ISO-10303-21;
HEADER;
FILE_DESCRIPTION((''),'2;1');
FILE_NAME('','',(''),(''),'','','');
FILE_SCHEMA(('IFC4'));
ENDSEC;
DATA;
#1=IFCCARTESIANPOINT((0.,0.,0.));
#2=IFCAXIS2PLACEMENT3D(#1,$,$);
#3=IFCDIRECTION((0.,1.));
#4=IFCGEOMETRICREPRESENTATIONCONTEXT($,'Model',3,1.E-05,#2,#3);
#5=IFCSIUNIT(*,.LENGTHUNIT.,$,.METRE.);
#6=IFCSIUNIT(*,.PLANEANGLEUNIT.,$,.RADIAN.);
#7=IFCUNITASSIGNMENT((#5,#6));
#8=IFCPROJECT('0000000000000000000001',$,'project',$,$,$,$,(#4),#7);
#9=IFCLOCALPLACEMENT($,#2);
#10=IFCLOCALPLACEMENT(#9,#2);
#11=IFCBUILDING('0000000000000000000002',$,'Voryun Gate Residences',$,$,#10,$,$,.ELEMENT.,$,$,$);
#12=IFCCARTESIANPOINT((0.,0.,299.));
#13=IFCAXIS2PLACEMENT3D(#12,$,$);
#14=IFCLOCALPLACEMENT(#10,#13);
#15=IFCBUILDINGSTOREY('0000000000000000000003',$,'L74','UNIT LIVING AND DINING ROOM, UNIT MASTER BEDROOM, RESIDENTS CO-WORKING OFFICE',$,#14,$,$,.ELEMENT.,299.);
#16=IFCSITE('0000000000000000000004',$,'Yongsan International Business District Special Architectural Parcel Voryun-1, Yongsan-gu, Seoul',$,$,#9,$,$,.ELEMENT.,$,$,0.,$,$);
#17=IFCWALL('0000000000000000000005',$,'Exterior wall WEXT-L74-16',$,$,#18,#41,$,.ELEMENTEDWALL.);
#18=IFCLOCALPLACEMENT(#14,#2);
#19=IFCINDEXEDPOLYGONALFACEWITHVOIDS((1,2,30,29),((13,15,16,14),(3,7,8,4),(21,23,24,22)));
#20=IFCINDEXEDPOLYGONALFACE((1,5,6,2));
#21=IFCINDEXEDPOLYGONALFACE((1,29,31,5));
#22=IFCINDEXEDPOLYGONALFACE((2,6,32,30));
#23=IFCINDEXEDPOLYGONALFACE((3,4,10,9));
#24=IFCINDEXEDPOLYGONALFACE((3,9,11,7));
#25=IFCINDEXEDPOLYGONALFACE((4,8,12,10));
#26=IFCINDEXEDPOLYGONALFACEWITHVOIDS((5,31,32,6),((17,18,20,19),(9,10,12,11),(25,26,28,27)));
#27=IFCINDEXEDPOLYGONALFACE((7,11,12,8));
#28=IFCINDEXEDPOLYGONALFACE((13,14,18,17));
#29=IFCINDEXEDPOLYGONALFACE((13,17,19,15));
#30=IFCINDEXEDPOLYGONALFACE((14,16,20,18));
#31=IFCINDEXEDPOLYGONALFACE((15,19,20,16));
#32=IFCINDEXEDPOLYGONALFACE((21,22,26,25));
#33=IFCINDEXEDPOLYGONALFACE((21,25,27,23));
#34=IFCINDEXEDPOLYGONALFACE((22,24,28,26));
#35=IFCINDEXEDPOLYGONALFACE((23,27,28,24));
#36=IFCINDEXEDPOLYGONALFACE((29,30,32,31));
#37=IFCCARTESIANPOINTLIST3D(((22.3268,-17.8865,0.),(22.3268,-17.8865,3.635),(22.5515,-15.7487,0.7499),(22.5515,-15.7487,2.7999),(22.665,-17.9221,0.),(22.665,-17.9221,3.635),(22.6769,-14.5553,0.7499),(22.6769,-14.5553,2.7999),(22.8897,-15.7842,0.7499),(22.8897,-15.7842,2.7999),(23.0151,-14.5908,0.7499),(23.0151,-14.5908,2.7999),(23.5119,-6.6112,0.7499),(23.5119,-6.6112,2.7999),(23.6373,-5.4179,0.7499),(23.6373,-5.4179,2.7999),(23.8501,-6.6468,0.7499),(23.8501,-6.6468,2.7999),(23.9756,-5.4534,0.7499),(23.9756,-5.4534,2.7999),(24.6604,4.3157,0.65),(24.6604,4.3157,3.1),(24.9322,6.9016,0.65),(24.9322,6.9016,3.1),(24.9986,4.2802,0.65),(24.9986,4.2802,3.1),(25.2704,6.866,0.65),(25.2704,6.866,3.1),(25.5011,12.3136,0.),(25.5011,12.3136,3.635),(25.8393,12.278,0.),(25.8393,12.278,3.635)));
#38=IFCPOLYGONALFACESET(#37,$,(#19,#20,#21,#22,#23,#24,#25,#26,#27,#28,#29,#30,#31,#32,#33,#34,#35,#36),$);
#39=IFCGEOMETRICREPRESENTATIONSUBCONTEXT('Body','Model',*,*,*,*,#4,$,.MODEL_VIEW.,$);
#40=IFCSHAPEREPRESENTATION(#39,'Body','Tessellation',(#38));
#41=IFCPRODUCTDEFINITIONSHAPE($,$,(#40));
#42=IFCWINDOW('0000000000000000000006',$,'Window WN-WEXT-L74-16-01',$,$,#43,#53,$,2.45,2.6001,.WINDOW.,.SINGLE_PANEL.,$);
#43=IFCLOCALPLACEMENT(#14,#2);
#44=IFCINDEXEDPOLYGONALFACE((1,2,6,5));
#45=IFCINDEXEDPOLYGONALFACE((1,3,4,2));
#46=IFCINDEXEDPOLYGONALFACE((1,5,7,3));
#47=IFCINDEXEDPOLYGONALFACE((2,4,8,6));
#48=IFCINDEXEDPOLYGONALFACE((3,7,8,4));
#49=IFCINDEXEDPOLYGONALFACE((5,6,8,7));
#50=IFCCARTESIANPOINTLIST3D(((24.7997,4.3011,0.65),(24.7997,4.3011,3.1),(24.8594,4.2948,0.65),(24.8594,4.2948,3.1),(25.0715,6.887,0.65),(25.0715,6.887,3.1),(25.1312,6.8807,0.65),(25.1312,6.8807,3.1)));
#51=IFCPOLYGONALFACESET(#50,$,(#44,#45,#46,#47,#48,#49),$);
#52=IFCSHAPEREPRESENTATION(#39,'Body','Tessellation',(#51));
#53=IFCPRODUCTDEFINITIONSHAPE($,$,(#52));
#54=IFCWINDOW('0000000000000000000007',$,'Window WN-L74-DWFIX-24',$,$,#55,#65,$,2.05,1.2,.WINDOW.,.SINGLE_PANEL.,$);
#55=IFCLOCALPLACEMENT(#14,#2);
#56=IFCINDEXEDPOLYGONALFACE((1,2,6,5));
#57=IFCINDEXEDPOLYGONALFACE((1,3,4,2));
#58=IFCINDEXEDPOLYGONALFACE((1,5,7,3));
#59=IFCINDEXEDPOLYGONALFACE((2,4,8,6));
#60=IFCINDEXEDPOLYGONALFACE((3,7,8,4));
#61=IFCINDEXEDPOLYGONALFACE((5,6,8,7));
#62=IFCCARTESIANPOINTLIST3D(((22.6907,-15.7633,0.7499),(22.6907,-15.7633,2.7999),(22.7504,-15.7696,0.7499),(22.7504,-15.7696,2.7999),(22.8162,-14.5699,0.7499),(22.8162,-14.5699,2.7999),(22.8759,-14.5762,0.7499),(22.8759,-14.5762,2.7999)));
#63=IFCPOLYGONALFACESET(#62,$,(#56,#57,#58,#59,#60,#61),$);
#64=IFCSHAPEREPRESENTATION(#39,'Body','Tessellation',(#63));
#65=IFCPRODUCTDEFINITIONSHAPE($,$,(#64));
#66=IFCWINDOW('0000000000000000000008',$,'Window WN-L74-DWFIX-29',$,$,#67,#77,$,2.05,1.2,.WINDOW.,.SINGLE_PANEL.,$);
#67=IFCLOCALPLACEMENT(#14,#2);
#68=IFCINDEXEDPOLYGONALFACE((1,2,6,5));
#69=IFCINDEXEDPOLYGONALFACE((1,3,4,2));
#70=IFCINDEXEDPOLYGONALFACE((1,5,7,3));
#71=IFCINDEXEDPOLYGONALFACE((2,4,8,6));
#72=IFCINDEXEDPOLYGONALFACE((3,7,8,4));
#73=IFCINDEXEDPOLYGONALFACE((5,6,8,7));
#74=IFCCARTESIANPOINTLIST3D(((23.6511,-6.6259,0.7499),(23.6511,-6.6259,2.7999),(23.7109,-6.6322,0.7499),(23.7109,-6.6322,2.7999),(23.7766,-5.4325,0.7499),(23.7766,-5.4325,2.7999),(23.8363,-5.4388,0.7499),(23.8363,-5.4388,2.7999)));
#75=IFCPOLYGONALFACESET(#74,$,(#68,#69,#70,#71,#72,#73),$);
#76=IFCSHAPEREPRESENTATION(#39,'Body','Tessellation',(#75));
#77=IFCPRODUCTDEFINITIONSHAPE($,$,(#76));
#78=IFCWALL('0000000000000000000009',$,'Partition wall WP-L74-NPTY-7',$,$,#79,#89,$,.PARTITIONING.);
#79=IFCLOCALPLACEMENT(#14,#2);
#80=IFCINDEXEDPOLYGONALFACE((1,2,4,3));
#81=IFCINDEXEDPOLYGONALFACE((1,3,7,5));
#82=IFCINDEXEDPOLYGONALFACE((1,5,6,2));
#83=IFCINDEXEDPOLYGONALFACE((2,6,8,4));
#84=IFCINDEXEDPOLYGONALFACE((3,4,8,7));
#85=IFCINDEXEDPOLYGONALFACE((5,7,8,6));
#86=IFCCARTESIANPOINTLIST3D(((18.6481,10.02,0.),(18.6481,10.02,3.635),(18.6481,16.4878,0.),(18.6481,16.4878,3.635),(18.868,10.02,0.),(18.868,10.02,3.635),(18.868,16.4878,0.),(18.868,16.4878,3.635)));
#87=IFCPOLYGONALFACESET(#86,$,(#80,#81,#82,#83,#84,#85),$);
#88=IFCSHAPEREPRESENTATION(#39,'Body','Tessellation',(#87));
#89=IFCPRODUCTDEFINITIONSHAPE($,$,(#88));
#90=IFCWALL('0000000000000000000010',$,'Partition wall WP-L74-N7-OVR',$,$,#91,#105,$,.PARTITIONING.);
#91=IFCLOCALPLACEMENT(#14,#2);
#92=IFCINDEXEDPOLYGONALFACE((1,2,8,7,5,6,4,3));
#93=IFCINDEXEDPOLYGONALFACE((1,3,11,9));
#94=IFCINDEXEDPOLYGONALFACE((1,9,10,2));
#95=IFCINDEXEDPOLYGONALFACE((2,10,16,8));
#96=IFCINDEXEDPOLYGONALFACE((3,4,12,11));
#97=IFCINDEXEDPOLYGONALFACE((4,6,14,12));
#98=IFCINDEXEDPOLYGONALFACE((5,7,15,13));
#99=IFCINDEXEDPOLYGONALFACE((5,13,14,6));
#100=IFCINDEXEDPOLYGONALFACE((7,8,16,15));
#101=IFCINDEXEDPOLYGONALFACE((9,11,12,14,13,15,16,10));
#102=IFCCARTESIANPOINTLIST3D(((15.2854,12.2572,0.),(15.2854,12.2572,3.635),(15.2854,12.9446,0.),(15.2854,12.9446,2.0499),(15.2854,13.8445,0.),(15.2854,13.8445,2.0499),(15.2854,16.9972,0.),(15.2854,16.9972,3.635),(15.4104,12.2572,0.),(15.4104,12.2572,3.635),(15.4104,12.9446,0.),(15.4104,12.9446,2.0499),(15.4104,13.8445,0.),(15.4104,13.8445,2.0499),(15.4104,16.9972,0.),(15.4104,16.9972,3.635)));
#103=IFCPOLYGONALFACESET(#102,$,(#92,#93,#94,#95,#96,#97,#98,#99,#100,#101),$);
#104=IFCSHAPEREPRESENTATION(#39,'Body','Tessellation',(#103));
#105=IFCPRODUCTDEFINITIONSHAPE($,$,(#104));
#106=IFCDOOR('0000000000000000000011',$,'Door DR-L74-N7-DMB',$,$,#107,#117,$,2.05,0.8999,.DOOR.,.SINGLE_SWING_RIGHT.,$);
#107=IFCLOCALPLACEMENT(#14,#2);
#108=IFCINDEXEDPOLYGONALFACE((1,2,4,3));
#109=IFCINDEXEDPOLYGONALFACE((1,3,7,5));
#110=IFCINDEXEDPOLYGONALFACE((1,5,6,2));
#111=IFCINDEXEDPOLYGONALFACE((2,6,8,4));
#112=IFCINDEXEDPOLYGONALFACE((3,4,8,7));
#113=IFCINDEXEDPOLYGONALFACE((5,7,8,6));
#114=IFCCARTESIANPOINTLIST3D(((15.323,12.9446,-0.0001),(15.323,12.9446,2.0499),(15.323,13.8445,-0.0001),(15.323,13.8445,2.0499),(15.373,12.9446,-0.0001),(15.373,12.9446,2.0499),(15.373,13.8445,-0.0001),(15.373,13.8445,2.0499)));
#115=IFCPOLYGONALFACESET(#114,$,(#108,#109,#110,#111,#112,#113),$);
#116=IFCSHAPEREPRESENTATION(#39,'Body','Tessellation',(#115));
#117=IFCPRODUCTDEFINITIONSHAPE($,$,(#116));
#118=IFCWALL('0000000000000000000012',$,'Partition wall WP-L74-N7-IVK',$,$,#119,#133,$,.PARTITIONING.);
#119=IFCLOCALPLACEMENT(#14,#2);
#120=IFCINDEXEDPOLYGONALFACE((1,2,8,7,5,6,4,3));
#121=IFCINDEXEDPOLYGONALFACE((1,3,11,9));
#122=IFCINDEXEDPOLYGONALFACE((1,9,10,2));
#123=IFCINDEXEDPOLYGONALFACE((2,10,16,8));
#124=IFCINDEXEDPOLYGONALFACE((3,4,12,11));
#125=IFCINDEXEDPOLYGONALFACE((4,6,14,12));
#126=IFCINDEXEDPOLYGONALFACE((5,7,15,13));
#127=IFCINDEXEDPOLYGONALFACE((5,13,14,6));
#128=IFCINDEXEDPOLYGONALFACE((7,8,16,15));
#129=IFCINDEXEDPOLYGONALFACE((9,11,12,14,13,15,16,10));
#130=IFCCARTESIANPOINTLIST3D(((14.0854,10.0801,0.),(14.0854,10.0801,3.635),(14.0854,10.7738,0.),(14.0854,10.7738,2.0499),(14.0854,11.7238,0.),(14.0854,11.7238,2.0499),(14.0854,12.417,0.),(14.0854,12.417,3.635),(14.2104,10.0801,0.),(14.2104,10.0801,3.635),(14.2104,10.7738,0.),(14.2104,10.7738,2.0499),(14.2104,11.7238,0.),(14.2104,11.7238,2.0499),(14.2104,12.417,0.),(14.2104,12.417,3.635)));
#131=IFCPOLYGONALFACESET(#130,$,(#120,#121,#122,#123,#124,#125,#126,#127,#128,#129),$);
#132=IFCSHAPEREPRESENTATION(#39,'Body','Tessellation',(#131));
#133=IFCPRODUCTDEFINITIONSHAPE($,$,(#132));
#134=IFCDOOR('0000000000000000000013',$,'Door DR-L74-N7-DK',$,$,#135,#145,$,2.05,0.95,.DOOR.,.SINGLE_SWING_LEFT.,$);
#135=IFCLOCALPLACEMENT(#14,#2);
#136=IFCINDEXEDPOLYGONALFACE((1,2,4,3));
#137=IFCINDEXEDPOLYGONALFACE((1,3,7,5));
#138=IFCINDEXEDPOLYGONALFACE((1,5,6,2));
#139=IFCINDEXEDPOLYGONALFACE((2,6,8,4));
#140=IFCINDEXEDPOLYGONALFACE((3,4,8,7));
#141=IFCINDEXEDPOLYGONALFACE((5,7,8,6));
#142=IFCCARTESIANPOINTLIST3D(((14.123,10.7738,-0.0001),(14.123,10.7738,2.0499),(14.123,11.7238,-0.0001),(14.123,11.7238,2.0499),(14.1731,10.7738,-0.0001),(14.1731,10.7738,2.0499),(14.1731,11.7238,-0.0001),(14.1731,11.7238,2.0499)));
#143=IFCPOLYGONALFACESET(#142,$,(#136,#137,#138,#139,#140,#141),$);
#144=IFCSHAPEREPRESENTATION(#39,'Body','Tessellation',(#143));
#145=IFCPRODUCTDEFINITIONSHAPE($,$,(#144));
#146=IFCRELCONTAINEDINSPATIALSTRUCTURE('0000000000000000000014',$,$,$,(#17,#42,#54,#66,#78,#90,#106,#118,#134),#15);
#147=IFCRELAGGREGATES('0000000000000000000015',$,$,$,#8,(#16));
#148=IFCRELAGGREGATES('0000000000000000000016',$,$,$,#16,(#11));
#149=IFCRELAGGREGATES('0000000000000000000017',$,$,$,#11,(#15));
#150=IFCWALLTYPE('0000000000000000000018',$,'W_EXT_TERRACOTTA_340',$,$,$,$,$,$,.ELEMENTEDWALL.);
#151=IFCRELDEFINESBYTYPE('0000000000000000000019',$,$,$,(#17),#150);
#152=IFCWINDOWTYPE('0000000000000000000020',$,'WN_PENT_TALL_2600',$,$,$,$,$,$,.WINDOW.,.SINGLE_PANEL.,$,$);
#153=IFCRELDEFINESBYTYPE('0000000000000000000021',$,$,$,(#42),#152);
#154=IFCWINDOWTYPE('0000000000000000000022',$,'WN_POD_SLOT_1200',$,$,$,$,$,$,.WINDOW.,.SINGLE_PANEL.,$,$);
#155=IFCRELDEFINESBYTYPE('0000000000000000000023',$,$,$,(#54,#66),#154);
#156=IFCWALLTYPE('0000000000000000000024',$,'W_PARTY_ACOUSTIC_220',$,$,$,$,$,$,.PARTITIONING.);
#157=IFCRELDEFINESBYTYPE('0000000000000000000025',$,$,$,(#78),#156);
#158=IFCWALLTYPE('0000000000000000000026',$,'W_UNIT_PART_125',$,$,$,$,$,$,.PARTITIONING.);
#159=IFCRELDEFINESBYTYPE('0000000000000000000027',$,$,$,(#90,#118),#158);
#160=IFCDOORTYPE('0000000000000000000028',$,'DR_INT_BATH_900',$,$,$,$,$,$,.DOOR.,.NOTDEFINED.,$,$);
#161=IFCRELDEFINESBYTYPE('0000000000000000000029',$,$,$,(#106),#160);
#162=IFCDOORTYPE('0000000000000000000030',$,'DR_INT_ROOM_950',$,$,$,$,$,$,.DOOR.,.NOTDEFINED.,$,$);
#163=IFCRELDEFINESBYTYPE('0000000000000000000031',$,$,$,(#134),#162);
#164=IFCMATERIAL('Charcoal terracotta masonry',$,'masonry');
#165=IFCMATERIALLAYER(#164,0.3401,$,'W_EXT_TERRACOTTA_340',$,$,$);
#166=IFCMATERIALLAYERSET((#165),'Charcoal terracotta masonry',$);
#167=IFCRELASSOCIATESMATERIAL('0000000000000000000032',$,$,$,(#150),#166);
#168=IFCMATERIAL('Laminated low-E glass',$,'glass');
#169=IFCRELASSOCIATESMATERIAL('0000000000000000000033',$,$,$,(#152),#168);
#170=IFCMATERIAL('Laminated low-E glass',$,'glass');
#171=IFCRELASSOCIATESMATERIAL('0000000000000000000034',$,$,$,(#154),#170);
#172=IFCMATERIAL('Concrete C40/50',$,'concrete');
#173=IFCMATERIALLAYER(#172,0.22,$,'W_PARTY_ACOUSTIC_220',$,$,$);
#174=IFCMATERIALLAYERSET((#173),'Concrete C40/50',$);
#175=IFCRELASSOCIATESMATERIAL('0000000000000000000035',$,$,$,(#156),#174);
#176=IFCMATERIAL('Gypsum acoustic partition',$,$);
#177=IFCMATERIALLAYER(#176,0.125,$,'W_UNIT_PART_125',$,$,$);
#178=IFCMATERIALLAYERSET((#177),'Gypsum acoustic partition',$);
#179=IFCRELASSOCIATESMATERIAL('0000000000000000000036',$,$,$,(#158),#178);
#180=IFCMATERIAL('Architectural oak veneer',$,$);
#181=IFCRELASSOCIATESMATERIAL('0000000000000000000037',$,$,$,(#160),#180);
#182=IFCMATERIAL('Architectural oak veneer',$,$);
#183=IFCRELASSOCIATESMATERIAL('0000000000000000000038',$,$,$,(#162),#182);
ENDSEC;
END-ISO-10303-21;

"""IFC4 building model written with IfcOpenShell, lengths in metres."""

from ifc_helpers import new_model, si_unit, direction, frame, frame_2d, origin, place, context, subcontext, project, spatial, rectangle, extrude, material, layer, layer_set, type_object, element, fill, save


model = new_model("IFC4")

# Units and contexts
model_context = context("Model", 3, precision=1e-05, world=origin(), true_north=direction((0.0, 1.0)))
body_context = subcontext(model_context, "Body", "Model", "MODEL_VIEW")
ifc_project = project(units=[si_unit("LENGTHUNIT", "METRE"), si_unit("PLANEANGLEUNIT", "RADIAN")], contexts=[model_context])

# Site, building, storey
site_placement = place(None, origin())
site = spatial("IfcSite", under=ifc_project, at=site_placement, Name="Yongsan International Business District Special Architectural Parcel Voryun-1, Yongsan-gu, Seoul", CompositionType="ELEMENT", RefElevation=0.0)
building_placement = place(site_placement, origin())
building = spatial("IfcBuilding", under=site, at=building_placement, Name="Voryun Gate Residences", CompositionType="ELEMENT")
storey_placement = place(building_placement, frame((0.0, 0.0, 299.0)))
storey = spatial("IfcBuildingStorey", under=building, at=storey_placement, Name="L74", Description="UNIT LIVING AND DINING ROOM, UNIT MASTER BEDROOM, RESIDENTS CO-WORKING OFFICE", CompositionType="ELEMENT", Elevation=299.0)

# Shared definitions
ifc_material_1 = material(Name="Charcoal terracotta masonry", Category="masonry")
ifc_layer_1 = layer(ifc_material_1, 0.3401, Name="W_EXT_TERRACOTTA_340")
ifc_layer_set_1 = layer_set([ifc_layer_1], Name="Charcoal terracotta masonry")
wall_type_1 = type_object("IfcWallType", Name="W_EXT_TERRACOTTA_340", PredefinedType="ELEMENTEDWALL", material=ifc_layer_set_1)

# Wall, openings, windows
wall_1_placement = place(storey_placement, frame((25.6702, 12.2957, 0.0), z_axis=(0.0, 0.0, 1.0), x_axis=(-0.104533, -0.994521, 0.0)))
wall_1 = element("IfcWall", 1, at=wall_1_placement, inside=storey, type_object=wall_type_1, Name="Exterior wall WEXT-L74-16", PredefinedType="ELEMENTEDWALL", context=body_context, shape_type="SweptSolid", body=[
    extrude(rectangle(XDim=30.3665, YDim=0.3401, at=frame_2d((15.1831, 0.0))), origin(), (0.0, 0.0, 1.0), 3.635),
])
opening_1_placement = place(wall_1_placement, frame((5.4417, 0.0, 0.6499)))
opening_1 = element("IfcOpeningElement", 2, at=opening_1_placement, cuts=wall_1, PredefinedType="OPENING", context=body_context, shape_type="SweptSolid", body=[
    extrude(rectangle(XDim=2.6001, YDim=2.45, at=frame_2d((1.3, 1.2251))), frame((0.0, 0.1799, 0.0), z_axis=(0.0, -1.0, 0.0), x_axis=(1.0, 0.0, 0.0)), (0.0, 0.0, 1.0), 0.3601),
])
opening_2_placement = place(wall_1_placement, frame((27.0166, 0.0, 0.75)))
opening_2 = element("IfcOpeningElement", 3, at=opening_2_placement, cuts=wall_1, PredefinedType="OPENING", context=body_context, shape_type="SweptSolid", body=[
    extrude(rectangle(XDim=1.2, YDim=2.05, at=frame_2d((0.6001, 1.0249))), frame((0.0, 0.1799, 0.0), z_axis=(0.0, -1.0, 0.0), x_axis=(1.0, 0.0, 0.0)), (0.0, 0.0, 1.0), 0.3601),
])
opening_3_placement = place(wall_1_placement, frame((17.8289, 0.0, 0.75)))
opening_3 = element("IfcOpeningElement", 4, at=opening_3_placement, cuts=wall_1, PredefinedType="OPENING", context=body_context, shape_type="SweptSolid", body=[
    extrude(rectangle(XDim=1.2, YDim=2.05, at=frame_2d((0.6001, 1.0249))), frame((0.0, 0.1799, 0.0), z_axis=(0.0, -1.0, 0.0), x_axis=(1.0, 0.0, 0.0)), (0.0, 0.0, 1.0), 0.3601),
])
ifc_material_2 = material(Name="Laminated low-E glass", Category="glass")
window_type_1 = type_object("IfcWindowType", Name="WN_PENT_TALL_2600", PartitioningType="SINGLE_PANEL", PredefinedType="WINDOW", material=ifc_material_2)
window_1_placement = place(opening_1_placement, origin())
window_1 = element("IfcWindow", 5, at=window_1_placement, inside=storey, type_object=window_type_1, Name="Window WN-WEXT-L74-16-01", OverallHeight=2.45, OverallWidth=2.6001, PartitioningType="SINGLE_PANEL", PredefinedType="WINDOW", context=body_context, shape_type="SweptSolid", body=[
    extrude(rectangle(XDim=2.6001, YDim=2.45, at=frame_2d((1.3, 1.2251))), frame((0.0, 0.03, 0.0), z_axis=(0.0, -1.0, 0.0), x_axis=(1.0, 0.0, 0.0)), (0.0, 0.0, 1.0), 0.0601),
])
fill(opening_1, window_1)
ifc_material_3 = material(Name="Laminated low-E glass", Category="glass")
window_type_2 = type_object("IfcWindowType", Name="WN_POD_SLOT_1200", PartitioningType="SINGLE_PANEL", PredefinedType="WINDOW", material=ifc_material_3)
window_2_placement = place(opening_2_placement, origin())
window_2 = element("IfcWindow", 6, at=window_2_placement, inside=storey, type_object=window_type_2, Name="Window WN-L74-DWFIX-24", OverallHeight=2.05, OverallWidth=1.2, PartitioningType="SINGLE_PANEL", PredefinedType="WINDOW", context=body_context, shape_type="SweptSolid", body=[
    extrude(rectangle(XDim=1.2, YDim=2.05, at=frame_2d((0.6001, 1.0249))), frame((0.0, 0.03, 0.0), z_axis=(0.0, -1.0, 0.0), x_axis=(1.0, 0.0, 0.0)), (0.0, 0.0, 1.0), 0.0601),
])
fill(opening_2, window_2)
window_3_placement = place(opening_3_placement, origin())
window_3 = element("IfcWindow", 7, at=window_3_placement, inside=storey, type_object=window_type_2, Name="Window WN-L74-DWFIX-29", OverallHeight=2.05, OverallWidth=1.2, PartitioningType="SINGLE_PANEL", PredefinedType="WINDOW", context=body_context, shape_type="SweptSolid", body=[
    extrude(rectangle(XDim=1.2, YDim=2.05, at=frame_2d((0.6001, 1.0249))), frame((0.0, 0.03, 0.0), z_axis=(0.0, -1.0, 0.0), x_axis=(1.0, 0.0, 0.0)), (0.0, 0.0, 1.0), 0.0601),
])
fill(opening_3, window_3)

# Wall
ifc_material_4 = material(Name="Concrete C40/50", Category="concrete")
ifc_layer_2 = layer(ifc_material_4, 0.22, Name="W_PARTY_ACOUSTIC_220")
ifc_layer_set_2 = layer_set([ifc_layer_2], Name="Concrete C40/50")
wall_type_2 = type_object("IfcWallType", Name="W_PARTY_ACOUSTIC_220", PredefinedType="PARTITIONING", material=ifc_layer_set_2)
wall_2_placement = place(storey_placement, frame((18.7581, 10.02, 0.0), z_axis=(0.0, 0.0, 1.0), x_axis=(0.0, 1.0, 0.0)))
element("IfcWall", 8, at=wall_2_placement, inside=storey, type_object=wall_type_2, Name="Partition wall WP-L74-NPTY-7", PredefinedType="PARTITIONING", context=body_context, shape_type="SweptSolid", body=[
    extrude(rectangle(XDim=6.4678, YDim=0.22, at=frame_2d((3.2339, 0.0))), origin(), (0.0, 0.0, 1.0), 3.635),
])

# Walls, openings, doors
ifc_material_5 = material(Name="Gypsum acoustic partition")
ifc_layer_3 = layer(ifc_material_5, 0.125, Name="W_UNIT_PART_125")
ifc_layer_set_3 = layer_set([ifc_layer_3], Name="Gypsum acoustic partition")
wall_type_3 = type_object("IfcWallType", Name="W_UNIT_PART_125", PredefinedType="PARTITIONING", material=ifc_layer_set_3)
wall_3_placement = place(storey_placement, frame((15.3479, 12.2571, 0.0), z_axis=(0.0, 0.0, 1.0), x_axis=(0.0, 1.0, 0.0)))
wall_3 = element("IfcWall", 9, at=wall_3_placement, inside=storey, type_object=wall_type_3, Name="Partition wall WP-L74-N7-OVR", PredefinedType="PARTITIONING", context=body_context, shape_type="SweptSolid", body=[
    extrude(rectangle(XDim=4.74, YDim=0.125, at=frame_2d((2.3701, 0.0))), origin(), (0.0, 0.0, 1.0), 3.635),
])
opening_4_placement = place(wall_3_placement, frame((0.6875, 0.0, 0.0)))
opening_4 = element("IfcOpeningElement", 10, at=opening_4_placement, cuts=wall_3, PredefinedType="OPENING", context=body_context, shape_type="SweptSolid", body=[
    extrude(rectangle(XDim=0.8999, YDim=2.05, at=frame_2d((0.45, 1.0249))), frame((0.0, 0.0725, 0.0), z_axis=(0.0, -1.0, 0.0), x_axis=(1.0, 0.0, 0.0)), (0.0, 0.0, 1.0), 0.145),
])
ifc_material_6 = material(Name="Architectural oak veneer")
door_type_1 = type_object("IfcDoorType", Name="DR_INT_BATH_900", OperationType="NOTDEFINED", PredefinedType="DOOR", material=ifc_material_6)
door_1_placement = place(opening_4_placement, origin())
door_1 = element("IfcDoor", 11, at=door_1_placement, inside=storey, type_object=door_type_1, Name="Door DR-L74-N7-DMB", OperationType="SINGLE_SWING_RIGHT", OverallHeight=2.05, OverallWidth=0.8999, PredefinedType="DOOR", context=body_context, shape_type="SweptSolid", body=[
    extrude(rectangle(XDim=0.8999, YDim=2.05, at=frame_2d((0.45, 1.0249))), frame((0.0, 0.0249, 0.0), z_axis=(0.0, -1.0, 0.0), x_axis=(1.0, 0.0, 0.0)), (0.0, 0.0, 1.0), 0.05),
])
fill(opening_4, door_1)
wall_4_placement = place(storey_placement, frame((14.1479, 10.0801, 0.0), z_axis=(0.0, 0.0, 1.0), x_axis=(0.0, 1.0, 0.0)))
wall_4 = element("IfcWall", 12, at=wall_4_placement, inside=storey, type_object=wall_type_3, Name="Partition wall WP-L74-N7-IVK", PredefinedType="PARTITIONING", context=body_context, shape_type="SweptSolid", body=[
    extrude(rectangle(XDim=2.3369, YDim=0.125, at=frame_2d((1.1685, 0.0))), origin(), (0.0, 0.0, 1.0), 3.635),
])
opening_5_placement = place(wall_4_placement, frame((0.6936, 0.0, 0.0)))
opening_5 = element("IfcOpeningElement", 13, at=opening_5_placement, cuts=wall_4, PredefinedType="OPENING", context=body_context, shape_type="SweptSolid", body=[
    extrude(rectangle(XDim=0.95, YDim=2.05, at=frame_2d((0.4751, 1.0249))), frame((0.0, 0.0725, 0.0), z_axis=(0.0, -1.0, 0.0), x_axis=(1.0, 0.0, 0.0)), (0.0, 0.0, 1.0), 0.145),
])
ifc_material_7 = material(Name="Architectural oak veneer")
door_type_2 = type_object("IfcDoorType", Name="DR_INT_ROOM_950", OperationType="NOTDEFINED", PredefinedType="DOOR", material=ifc_material_7)
door_2_placement = place(opening_5_placement, origin())
door_2 = element("IfcDoor", 14, at=door_2_placement, inside=storey, type_object=door_type_2, Name="Door DR-L74-N7-DK", OperationType="SINGLE_SWING_LEFT", OverallHeight=2.05, OverallWidth=0.95, PredefinedType="DOOR", context=body_context, shape_type="SweptSolid", body=[
    extrude(rectangle(XDim=0.95, YDim=2.05, at=frame_2d((0.4751, 1.0249))), frame((0.0, 0.0249, 0.0), z_axis=(0.0, -1.0, 0.0), x_axis=(1.0, 0.0, 0.0)), (0.0, 0.0, 1.0), 0.05),
])
fill(opening_5, door_2)

save(model, "model.ifc")
